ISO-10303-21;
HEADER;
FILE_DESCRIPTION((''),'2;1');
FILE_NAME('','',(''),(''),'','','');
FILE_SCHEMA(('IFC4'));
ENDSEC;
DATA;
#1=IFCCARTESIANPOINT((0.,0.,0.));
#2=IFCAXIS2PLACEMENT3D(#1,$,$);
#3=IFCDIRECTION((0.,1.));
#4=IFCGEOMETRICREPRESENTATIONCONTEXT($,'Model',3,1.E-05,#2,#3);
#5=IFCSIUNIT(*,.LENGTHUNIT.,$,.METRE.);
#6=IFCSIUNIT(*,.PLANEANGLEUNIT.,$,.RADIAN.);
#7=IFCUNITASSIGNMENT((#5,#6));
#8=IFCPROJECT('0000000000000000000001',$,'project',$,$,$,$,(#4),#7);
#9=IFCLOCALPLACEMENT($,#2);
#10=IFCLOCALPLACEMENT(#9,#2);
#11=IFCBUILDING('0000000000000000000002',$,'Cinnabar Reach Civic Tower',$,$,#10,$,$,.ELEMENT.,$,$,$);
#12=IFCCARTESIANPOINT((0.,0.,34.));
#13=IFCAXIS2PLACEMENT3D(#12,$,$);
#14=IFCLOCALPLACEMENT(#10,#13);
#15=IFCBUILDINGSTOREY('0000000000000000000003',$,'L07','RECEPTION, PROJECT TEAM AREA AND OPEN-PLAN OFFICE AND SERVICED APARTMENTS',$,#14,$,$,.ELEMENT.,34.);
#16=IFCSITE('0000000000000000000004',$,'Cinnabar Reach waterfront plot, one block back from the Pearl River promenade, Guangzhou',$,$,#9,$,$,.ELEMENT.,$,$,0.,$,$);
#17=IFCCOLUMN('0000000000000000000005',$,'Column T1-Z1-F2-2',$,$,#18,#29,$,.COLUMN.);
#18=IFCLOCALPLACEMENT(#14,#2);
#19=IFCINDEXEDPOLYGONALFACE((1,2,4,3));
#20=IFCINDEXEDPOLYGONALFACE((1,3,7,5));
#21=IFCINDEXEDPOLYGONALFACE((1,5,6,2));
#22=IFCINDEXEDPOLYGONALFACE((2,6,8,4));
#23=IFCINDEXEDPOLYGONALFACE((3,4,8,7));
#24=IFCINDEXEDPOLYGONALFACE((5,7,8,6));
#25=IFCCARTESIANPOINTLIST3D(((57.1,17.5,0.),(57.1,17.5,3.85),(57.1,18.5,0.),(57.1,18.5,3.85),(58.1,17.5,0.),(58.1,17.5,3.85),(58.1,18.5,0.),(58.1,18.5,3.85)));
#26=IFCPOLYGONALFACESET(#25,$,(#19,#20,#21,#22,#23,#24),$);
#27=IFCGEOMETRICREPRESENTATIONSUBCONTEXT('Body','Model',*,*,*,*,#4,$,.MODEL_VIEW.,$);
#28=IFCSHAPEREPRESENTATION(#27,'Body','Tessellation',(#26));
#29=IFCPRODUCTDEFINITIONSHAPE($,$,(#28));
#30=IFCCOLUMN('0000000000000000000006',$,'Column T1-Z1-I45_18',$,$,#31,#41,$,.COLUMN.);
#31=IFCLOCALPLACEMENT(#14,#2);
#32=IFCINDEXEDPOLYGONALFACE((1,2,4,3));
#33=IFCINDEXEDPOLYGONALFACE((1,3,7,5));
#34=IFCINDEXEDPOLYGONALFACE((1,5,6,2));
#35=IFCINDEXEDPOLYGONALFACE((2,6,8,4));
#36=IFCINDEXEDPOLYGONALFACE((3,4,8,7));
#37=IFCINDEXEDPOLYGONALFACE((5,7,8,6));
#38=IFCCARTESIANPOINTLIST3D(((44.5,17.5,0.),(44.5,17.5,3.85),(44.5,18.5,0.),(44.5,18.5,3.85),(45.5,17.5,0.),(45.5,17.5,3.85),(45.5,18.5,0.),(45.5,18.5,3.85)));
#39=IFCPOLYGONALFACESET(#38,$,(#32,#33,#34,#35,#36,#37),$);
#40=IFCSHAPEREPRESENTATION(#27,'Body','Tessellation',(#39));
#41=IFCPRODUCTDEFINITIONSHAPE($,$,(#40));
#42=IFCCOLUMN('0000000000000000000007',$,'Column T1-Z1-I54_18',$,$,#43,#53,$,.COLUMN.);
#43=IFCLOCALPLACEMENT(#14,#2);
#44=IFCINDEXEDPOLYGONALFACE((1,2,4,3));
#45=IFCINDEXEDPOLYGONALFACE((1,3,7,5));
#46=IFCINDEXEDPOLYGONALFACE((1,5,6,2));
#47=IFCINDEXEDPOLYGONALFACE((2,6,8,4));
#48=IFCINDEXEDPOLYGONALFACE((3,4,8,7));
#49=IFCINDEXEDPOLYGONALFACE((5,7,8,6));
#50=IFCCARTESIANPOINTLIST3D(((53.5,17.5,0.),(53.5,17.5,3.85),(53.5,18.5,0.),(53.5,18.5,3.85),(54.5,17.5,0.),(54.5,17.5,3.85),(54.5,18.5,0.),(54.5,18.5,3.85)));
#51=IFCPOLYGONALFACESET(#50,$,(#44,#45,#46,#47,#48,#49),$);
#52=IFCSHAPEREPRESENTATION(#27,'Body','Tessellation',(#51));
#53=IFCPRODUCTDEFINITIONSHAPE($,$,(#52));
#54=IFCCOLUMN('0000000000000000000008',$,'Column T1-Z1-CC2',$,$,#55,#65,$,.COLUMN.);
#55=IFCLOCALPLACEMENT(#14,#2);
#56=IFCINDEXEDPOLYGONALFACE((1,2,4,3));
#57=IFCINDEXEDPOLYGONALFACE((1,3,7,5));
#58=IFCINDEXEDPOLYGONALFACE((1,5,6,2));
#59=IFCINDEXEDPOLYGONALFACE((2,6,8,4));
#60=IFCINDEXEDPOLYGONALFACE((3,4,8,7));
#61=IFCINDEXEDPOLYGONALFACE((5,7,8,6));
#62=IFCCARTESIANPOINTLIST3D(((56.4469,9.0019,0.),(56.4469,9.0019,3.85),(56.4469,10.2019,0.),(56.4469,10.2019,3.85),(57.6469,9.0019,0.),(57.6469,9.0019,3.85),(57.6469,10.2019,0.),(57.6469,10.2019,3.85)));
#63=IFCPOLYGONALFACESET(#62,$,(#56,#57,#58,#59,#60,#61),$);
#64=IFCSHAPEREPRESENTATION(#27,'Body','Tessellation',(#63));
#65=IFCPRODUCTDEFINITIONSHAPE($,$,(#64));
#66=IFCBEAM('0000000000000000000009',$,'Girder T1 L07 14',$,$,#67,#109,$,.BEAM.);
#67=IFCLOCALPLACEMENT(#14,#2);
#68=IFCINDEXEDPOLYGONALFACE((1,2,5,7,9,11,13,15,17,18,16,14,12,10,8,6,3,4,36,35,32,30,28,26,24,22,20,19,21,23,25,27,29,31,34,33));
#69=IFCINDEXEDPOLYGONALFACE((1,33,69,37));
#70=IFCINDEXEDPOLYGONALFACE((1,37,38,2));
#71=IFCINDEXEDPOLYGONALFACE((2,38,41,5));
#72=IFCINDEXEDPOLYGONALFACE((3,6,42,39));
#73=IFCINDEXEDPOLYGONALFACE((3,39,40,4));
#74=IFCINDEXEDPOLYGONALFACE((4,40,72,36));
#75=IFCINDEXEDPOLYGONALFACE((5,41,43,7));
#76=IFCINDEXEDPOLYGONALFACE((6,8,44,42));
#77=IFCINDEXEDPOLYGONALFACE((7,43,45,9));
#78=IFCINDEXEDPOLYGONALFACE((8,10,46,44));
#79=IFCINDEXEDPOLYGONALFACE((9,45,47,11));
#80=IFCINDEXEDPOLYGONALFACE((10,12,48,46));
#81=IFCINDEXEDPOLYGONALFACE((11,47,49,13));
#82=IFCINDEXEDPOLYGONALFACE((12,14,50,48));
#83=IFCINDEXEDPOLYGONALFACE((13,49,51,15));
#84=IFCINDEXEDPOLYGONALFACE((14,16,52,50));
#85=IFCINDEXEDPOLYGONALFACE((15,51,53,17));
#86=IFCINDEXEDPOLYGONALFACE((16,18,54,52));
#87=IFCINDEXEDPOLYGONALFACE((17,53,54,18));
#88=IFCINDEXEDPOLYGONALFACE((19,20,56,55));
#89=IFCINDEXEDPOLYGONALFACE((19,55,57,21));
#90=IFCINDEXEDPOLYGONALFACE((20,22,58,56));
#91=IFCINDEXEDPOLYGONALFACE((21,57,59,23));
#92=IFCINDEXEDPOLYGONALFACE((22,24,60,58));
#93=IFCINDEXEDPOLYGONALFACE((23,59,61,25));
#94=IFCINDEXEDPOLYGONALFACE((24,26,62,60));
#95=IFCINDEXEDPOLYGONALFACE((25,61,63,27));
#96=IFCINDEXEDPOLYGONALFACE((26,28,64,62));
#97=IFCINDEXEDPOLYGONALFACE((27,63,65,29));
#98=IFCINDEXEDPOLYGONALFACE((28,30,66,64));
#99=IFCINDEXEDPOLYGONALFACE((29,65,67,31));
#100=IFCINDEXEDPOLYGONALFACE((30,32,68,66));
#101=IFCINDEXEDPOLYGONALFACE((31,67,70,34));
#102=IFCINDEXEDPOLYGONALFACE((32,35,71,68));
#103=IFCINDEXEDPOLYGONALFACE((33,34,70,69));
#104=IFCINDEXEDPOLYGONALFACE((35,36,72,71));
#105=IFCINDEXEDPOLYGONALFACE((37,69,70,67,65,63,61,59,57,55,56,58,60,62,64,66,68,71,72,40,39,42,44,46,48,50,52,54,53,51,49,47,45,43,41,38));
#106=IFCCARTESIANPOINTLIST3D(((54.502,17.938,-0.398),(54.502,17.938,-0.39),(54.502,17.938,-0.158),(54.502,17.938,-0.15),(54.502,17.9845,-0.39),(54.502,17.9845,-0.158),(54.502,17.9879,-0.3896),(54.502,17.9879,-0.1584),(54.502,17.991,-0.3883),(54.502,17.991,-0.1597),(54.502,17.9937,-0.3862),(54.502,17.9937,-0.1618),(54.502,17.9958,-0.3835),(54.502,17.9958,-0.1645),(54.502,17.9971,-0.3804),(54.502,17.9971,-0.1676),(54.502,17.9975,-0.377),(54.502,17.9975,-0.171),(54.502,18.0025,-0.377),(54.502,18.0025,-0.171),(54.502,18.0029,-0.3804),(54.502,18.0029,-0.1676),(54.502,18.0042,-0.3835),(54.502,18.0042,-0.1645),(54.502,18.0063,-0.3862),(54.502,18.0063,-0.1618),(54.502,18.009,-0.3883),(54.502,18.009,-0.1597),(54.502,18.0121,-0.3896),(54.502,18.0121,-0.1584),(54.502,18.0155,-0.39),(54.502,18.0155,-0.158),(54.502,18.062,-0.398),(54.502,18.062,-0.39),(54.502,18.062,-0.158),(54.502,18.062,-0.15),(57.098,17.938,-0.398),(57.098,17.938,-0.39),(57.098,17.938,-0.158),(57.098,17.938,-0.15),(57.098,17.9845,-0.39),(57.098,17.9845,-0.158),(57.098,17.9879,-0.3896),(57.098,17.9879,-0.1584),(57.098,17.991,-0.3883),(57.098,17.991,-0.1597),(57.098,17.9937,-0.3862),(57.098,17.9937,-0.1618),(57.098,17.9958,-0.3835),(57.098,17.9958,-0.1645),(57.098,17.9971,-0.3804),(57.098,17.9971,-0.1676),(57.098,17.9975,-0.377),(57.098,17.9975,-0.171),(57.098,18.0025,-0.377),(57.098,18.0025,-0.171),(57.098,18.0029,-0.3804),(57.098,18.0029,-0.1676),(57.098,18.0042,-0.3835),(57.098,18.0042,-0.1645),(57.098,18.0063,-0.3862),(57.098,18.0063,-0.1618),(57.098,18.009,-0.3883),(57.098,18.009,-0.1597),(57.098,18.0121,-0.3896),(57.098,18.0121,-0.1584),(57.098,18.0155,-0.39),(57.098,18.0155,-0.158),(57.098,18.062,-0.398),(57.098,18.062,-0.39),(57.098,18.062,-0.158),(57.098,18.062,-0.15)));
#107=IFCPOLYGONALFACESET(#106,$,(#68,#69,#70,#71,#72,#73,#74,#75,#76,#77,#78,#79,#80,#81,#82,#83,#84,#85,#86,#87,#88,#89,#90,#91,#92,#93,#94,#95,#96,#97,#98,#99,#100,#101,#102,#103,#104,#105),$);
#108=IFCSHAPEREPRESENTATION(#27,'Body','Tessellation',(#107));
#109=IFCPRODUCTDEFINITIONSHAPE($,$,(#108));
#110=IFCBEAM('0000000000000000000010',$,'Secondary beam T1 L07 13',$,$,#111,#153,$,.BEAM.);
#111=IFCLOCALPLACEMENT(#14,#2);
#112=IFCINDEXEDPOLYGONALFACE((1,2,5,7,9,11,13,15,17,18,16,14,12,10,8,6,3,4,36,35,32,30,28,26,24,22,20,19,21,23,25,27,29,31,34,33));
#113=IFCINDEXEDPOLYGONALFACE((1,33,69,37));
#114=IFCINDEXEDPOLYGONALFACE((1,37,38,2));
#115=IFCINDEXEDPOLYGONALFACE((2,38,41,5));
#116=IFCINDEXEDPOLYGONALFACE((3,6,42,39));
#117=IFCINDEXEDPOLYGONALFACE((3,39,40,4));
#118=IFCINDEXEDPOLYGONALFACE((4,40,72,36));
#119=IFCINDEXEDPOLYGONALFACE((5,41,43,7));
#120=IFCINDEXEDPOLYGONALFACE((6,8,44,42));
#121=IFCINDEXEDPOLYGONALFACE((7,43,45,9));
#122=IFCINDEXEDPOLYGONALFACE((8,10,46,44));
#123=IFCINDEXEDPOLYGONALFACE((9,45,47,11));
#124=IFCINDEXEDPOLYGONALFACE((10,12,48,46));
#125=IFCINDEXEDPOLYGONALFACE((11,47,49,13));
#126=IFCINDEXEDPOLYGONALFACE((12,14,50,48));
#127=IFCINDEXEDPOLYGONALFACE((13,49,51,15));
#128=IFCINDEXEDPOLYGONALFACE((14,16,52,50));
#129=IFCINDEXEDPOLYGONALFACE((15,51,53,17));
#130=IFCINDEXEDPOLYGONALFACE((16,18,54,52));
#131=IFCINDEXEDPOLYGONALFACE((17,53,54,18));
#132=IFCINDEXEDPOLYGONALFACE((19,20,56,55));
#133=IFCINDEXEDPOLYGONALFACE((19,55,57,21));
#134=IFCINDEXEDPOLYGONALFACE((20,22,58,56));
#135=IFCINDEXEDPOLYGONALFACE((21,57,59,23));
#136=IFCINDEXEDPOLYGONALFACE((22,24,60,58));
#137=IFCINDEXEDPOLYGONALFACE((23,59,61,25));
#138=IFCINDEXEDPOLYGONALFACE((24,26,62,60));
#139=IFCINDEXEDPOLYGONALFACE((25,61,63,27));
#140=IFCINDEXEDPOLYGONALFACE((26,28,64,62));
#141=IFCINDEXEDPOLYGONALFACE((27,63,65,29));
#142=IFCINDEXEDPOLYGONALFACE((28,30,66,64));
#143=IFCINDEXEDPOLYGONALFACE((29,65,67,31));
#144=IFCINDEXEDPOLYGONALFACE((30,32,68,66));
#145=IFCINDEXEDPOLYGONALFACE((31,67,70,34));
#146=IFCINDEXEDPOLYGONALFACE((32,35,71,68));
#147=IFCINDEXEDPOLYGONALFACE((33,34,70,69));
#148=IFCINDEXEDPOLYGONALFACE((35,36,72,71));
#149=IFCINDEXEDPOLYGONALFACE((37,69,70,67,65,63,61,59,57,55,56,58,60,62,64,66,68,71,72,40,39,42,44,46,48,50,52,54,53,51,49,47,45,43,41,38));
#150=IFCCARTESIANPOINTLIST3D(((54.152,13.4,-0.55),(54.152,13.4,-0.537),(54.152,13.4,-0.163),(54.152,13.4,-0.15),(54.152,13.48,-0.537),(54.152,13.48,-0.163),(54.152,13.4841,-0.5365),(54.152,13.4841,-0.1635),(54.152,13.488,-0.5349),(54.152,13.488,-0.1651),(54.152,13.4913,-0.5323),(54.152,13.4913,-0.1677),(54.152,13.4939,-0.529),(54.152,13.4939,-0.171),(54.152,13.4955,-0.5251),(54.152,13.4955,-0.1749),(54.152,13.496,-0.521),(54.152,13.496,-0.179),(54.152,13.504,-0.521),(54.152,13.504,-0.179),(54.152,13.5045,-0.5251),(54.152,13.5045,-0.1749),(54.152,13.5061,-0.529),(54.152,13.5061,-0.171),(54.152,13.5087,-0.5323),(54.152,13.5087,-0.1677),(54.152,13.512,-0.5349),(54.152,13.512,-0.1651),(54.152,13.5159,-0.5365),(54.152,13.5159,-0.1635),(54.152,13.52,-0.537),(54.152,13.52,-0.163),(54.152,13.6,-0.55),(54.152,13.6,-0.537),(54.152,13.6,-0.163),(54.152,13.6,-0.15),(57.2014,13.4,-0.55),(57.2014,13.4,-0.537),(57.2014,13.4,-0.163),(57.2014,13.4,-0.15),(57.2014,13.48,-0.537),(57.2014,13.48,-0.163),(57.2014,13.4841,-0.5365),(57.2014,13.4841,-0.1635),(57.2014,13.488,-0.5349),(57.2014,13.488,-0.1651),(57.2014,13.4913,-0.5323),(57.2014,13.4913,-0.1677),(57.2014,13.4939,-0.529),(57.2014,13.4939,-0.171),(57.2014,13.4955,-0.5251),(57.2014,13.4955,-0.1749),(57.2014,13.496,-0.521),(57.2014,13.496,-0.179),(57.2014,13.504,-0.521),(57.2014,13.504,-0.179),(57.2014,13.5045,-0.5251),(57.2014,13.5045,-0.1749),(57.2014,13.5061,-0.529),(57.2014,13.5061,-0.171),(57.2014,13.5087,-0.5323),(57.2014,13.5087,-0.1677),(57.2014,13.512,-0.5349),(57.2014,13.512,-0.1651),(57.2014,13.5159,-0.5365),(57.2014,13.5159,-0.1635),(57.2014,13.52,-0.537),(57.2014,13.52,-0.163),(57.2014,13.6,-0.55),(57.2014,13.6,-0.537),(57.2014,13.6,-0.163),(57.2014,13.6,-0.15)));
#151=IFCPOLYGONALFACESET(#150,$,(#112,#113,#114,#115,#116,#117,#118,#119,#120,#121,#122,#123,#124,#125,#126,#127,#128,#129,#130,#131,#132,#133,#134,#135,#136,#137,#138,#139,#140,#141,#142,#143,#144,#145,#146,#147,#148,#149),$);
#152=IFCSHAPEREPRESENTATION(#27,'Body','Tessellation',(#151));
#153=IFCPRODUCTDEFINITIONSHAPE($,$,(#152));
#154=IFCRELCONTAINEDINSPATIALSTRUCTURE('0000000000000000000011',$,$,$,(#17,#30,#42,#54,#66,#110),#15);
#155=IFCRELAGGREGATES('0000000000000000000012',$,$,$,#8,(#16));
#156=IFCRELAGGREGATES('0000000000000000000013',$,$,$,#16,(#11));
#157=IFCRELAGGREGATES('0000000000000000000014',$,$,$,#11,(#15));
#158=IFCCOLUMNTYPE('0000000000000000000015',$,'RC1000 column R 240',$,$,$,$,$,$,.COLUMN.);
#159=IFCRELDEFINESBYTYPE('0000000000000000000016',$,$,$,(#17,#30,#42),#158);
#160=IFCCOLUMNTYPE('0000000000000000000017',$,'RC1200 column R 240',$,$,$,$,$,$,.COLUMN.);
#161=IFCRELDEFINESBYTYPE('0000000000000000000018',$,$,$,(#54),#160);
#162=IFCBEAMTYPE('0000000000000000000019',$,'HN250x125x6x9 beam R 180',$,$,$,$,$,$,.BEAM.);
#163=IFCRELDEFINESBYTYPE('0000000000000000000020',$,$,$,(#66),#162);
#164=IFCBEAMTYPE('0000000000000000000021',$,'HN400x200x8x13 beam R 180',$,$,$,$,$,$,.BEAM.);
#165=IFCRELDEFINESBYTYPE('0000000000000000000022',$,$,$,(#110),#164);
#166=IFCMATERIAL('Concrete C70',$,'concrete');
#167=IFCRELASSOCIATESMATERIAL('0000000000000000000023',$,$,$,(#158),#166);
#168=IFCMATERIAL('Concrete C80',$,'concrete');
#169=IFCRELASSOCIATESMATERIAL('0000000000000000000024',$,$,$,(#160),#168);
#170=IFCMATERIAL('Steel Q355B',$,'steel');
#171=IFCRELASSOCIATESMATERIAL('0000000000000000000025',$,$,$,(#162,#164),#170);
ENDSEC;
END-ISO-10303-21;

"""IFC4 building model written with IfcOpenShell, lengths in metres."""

from ifc_helpers import new_model, si_unit, direction, frame, origin, origin_2d, place, context, subcontext, project, spatial, rectangle, i_section, extrude, material, material_profile, profile_set, type_object, element, save


model = new_model("IFC4")

# Units and contexts
model_context = context("Model", 3, precision=1e-05, world=origin(), true_north=direction((0.0, 1.0)))
body_context = subcontext(model_context, "Body", "Model", "MODEL_VIEW")
ifc_project = project(units=[si_unit("LENGTHUNIT", "METRE"), si_unit("PLANEANGLEUNIT", "RADIAN")], contexts=[model_context])

# Site, building, storey
site_placement = place(None, origin())
site = spatial("IfcSite", under=ifc_project, at=site_placement, Name="Cinnabar Reach waterfront plot, one block back from the Pearl River promenade, Guangzhou", CompositionType="ELEMENT", RefElevation=0.0)
building_placement = place(site_placement, origin())
building = spatial("IfcBuilding", under=site, at=building_placement, Name="Cinnabar Reach Civic Tower", CompositionType="ELEMENT")
storey_placement = place(building_placement, frame((0.0, 0.0, 34.0)))
storey = spatial("IfcBuildingStorey", under=building, at=storey_placement, Name="L07", Description="RECEPTION, PROJECT TEAM AREA AND OPEN-PLAN OFFICE AND SERVICED APARTMENTS", CompositionType="ELEMENT", Elevation=34.0)

# Columns
ifc_material_1 = material(Name="Concrete C70", Category="concrete")
ifc_material_profile_1 = material_profile(ifc_material_1, rectangle(XDim=1.0, YDim=1.0, at=origin_2d()), Name="RC1000")
ifc_profile_set_1 = profile_set([ifc_material_profile_1], Name="Concrete C70")
column_type_1 = type_object("IfcColumnType", Name="RC1000 column R 240", PredefinedType="COLUMN", material=ifc_profile_set_1)
for number, where, z_axis, x_axis, name in (
    (1, (57.6, 18.0, 0.0), (0.0, 0.0, 1.0), (1.0, 0.0, 0.0), "Column T1-Z1-F2-2"),
    (2, (45.0, 18.0, 0.0), (0.0, 0.0, 1.0), (1.0, 0.0, 0.0), "Column T1-Z1-I45_18"),
    (3, (54.0, 18.0, 0.0), (0.0, 0.0, 1.0), (1.0, 0.0, 0.0), "Column T1-Z1-I54_18"),
):
    element("IfcColumn", number, at=place(storey_placement, frame(where, z_axis=z_axis, x_axis=x_axis)), inside=storey, type_object=column_type_1, Name=name, PredefinedType="COLUMN", context=body_context, shape_type="SweptSolid", body=[
        extrude(rectangle(XDim=1.0, YDim=1.0, at=origin_2d()), origin(), (0.0, 0.0, 1.0), 3.85),
    ])
ifc_material_2 = material(Name="Concrete C80", Category="concrete")
ifc_material_profile_2 = material_profile(ifc_material_2, rectangle(XDim=1.2, YDim=1.2, at=origin_2d()), Name="RC1200")
ifc_profile_set_2 = profile_set([ifc_material_profile_2], Name="Concrete C80")
column_type_2 = type_object("IfcColumnType", Name="RC1200 column R 240", PredefinedType="COLUMN", material=ifc_profile_set_2)
column_placement = place(storey_placement, frame((57.0469, 9.6019, 0.0), z_axis=(0.0, 0.0, 1.0), x_axis=(1.0, 0.0, 0.0)))
element("IfcColumn", 4, at=column_placement, inside=storey, type_object=column_type_2, Name="Column T1-Z1-CC2", PredefinedType="COLUMN", context=body_context, shape_type="SweptSolid", body=[
    extrude(rectangle(XDim=1.2, YDim=1.2, at=origin_2d()), origin(), (0.0, 0.0, 1.0), 3.85),
])

# Beams
ifc_material_3 = material(Name="Steel Q355B", Category="steel")
ifc_material_profile_3 = material_profile(ifc_material_3, i_section(OverallWidth=0.124, OverallDepth=0.248, WebThickness=0.005, FlangeThickness=0.008, FilletRadius=0.013, at=origin_2d()), Name="HN250x125x6x9")
ifc_profile_set_3 = profile_set([ifc_material_profile_3], Name="Steel Q355B")
beam_type_1 = type_object("IfcBeamType", Name="HN250x125x6x9 beam R 180", PredefinedType="BEAM", material=ifc_profile_set_3)
beam_1_placement = place(storey_placement, frame((54.502, 18.0, -0.274), z_axis=(1.0, 0.0, 0.0), x_axis=(0.0, 1.0, 0.0)))
element("IfcBeam", 5, at=beam_1_placement, inside=storey, type_object=beam_type_1, Name="Girder T1 L07 14", PredefinedType="BEAM", context=body_context, shape_type="SweptSolid", body=[
    extrude(i_section(OverallWidth=0.124, OverallDepth=0.248, WebThickness=0.005, FlangeThickness=0.008, FilletRadius=0.013, at=origin_2d()), origin(), (0.0, 0.0, 1.0), 2.596),
])
ifc_material_profile_4 = material_profile(ifc_material_3, i_section(OverallWidth=0.2, OverallDepth=0.4, WebThickness=0.008, FlangeThickness=0.013, FilletRadius=0.016, at=origin_2d()), Name="HN400x200x8x13")
ifc_profile_set_4 = profile_set([ifc_material_profile_4], Name="Steel Q355B")
beam_type_2 = type_object("IfcBeamType", Name="HN400x200x8x13 beam R 180", PredefinedType="BEAM", material=ifc_profile_set_4)
beam_2_placement = place(storey_placement, frame((54.152, 13.5, -0.35), z_axis=(1.0, 0.0, 0.0), x_axis=(0.0, 1.0, 0.0)))
element("IfcBeam", 6, at=beam_2_placement, inside=storey, type_object=beam_type_2, Name="Secondary beam T1 L07 13", PredefinedType="BEAM", context=body_context, shape_type="SweptSolid", body=[
    extrude(i_section(OverallWidth=0.2, OverallDepth=0.4, WebThickness=0.008, FlangeThickness=0.013, FilletRadius=0.016, at=origin_2d()), origin(), (0.0, 0.0, 1.0), 3.0494),
])

save(model, "model.ifc")
